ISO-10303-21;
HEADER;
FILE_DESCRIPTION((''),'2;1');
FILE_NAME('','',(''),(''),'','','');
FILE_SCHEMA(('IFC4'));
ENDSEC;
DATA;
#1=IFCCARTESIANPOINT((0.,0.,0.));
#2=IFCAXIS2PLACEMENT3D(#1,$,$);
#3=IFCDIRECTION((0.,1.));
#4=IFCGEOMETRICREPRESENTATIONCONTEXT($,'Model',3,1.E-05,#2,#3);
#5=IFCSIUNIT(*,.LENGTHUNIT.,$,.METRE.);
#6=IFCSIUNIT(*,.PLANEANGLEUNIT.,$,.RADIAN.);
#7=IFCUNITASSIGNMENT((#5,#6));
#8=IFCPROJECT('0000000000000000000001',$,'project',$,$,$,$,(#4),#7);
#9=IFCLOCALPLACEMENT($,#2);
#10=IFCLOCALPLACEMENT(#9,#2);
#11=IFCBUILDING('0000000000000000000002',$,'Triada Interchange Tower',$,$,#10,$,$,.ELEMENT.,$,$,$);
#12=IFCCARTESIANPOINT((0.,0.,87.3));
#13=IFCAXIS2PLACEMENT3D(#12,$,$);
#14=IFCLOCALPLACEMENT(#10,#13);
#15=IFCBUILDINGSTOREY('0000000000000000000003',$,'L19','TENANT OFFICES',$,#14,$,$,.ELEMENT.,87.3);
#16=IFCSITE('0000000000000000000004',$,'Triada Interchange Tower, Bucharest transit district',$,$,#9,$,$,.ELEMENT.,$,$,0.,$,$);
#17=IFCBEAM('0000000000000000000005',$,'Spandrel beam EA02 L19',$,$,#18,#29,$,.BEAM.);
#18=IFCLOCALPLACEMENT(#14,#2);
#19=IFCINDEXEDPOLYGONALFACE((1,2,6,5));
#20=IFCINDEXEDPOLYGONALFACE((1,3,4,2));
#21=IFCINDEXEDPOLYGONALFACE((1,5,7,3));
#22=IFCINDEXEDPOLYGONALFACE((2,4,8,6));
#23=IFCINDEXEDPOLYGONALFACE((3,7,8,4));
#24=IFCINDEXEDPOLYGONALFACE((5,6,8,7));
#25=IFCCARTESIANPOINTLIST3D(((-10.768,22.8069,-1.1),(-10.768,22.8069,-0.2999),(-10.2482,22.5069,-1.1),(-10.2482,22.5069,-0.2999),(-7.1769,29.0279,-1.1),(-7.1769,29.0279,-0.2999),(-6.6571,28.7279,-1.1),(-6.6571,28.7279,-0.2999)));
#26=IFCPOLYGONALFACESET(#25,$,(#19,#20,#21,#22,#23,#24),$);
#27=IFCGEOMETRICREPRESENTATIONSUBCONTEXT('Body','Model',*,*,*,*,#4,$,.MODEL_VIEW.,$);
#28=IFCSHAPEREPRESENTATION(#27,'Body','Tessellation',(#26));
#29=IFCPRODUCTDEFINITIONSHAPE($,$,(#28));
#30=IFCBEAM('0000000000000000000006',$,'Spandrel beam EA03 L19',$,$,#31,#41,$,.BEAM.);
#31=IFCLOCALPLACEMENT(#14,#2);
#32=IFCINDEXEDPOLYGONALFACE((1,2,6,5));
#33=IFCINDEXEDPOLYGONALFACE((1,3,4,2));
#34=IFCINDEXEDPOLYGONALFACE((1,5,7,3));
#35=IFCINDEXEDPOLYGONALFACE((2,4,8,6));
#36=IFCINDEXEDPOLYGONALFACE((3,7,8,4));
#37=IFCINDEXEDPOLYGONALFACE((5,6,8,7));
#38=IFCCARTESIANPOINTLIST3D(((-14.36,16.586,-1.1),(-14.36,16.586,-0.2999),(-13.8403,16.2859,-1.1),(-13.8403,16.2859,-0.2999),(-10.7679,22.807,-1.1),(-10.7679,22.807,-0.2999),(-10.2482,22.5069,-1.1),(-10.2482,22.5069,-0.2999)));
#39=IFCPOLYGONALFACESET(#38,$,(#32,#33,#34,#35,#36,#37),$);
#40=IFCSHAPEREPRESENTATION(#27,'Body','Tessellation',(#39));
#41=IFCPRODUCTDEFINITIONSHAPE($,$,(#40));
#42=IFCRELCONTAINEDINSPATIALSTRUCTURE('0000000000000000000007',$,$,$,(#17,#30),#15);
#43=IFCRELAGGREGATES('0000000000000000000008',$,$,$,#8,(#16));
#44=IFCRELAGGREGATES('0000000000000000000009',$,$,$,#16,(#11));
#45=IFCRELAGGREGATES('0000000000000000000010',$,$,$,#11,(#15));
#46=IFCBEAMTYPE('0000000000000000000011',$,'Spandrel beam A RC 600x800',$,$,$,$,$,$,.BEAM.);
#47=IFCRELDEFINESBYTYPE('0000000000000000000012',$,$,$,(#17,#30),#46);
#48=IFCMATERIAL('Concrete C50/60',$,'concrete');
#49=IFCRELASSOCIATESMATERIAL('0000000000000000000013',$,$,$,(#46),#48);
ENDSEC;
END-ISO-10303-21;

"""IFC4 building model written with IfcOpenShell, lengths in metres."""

from ifc_helpers import new_model, si_unit, direction, frame, origin, origin_2d, place, context, subcontext, project, spatial, rectangle, extrude, material, material_profile, profile_set, type_object, element, save


model = new_model("IFC4")

# Units and contexts
model_context = context("Model", 3, precision=1e-05, world=origin(), true_north=direction((0.0, 1.0)))
body_context = subcontext(model_context, "Body", "Model", "MODEL_VIEW")
ifc_project = project(units=[si_unit("LENGTHUNIT", "METRE"), si_unit("PLANEANGLEUNIT", "RADIAN")], contexts=[model_context])

# Site, building, storey
site_placement = place(None, origin())
site = spatial("IfcSite", under=ifc_project, at=site_placement, Name="Triada Interchange Tower, Bucharest transit district", CompositionType="ELEMENT", RefElevation=0.0)
building_placement = place(site_placement, origin())
building = spatial("IfcBuilding", under=site, at=building_placement, Name="Triada Interchange Tower", CompositionType="ELEMENT")
storey_placement = place(building_placement, frame((0.0, 0.0, 87.3)))
storey = spatial("IfcBuildingStorey", under=building, at=storey_placement, Name="L19", Description="TENANT OFFICES", CompositionType="ELEMENT", Elevation=87.3)

# Beams
ifc_material_1 = material(Name="Concrete C50/60", Category="concrete")
ifc_material_profile_1 = material_profile(ifc_material_1, rectangle(XDim=0.6001, YDim=0.8, at=origin_2d()), Name="RC 600x800")
ifc_profile_set_1 = profile_set([ifc_material_profile_1], Name="Concrete C50/60")
beam_type_1 = type_object("IfcBeamType", Name="Spandrel beam A RC 600x800", PredefinedType="BEAM", material=ifc_profile_set_1)
beam_1_placement = place(storey_placement, frame((-6.917, 28.8779, -0.7), z_axis=(-0.499937, -0.866062, 0.0), x_axis=(0.866062, -0.499937, 0.0)))
element("IfcBeam", 1, at=beam_1_placement, inside=storey, type_object=beam_type_1, Name="Spandrel beam EA02 L19", PredefinedType="BEAM", context=body_context, shape_type="SweptSolid", body=[
    extrude(rectangle(XDim=0.6001, YDim=0.8, at=origin_2d()), origin(), (0.0, 0.0, 1.0), 7.1831),
])
beam_2_placement = place(storey_placement, frame((-10.5081, 22.657, -0.7), z_axis=(-0.500039, -0.866003, 0.0), x_axis=(0.866003, -0.500039, 0.0)))
element("IfcBeam", 2, at=beam_2_placement, inside=storey, type_object=beam_type_1, Name="Spandrel beam EA03 L19", PredefinedType="BEAM", context=body_context, shape_type="SweptSolid", body=[
    extrude(rectangle(XDim=0.6001, YDim=0.8, at=origin_2d()), origin(), (0.0, 0.0, 1.0), 7.1836),
])

save(model, "model.ifc")
